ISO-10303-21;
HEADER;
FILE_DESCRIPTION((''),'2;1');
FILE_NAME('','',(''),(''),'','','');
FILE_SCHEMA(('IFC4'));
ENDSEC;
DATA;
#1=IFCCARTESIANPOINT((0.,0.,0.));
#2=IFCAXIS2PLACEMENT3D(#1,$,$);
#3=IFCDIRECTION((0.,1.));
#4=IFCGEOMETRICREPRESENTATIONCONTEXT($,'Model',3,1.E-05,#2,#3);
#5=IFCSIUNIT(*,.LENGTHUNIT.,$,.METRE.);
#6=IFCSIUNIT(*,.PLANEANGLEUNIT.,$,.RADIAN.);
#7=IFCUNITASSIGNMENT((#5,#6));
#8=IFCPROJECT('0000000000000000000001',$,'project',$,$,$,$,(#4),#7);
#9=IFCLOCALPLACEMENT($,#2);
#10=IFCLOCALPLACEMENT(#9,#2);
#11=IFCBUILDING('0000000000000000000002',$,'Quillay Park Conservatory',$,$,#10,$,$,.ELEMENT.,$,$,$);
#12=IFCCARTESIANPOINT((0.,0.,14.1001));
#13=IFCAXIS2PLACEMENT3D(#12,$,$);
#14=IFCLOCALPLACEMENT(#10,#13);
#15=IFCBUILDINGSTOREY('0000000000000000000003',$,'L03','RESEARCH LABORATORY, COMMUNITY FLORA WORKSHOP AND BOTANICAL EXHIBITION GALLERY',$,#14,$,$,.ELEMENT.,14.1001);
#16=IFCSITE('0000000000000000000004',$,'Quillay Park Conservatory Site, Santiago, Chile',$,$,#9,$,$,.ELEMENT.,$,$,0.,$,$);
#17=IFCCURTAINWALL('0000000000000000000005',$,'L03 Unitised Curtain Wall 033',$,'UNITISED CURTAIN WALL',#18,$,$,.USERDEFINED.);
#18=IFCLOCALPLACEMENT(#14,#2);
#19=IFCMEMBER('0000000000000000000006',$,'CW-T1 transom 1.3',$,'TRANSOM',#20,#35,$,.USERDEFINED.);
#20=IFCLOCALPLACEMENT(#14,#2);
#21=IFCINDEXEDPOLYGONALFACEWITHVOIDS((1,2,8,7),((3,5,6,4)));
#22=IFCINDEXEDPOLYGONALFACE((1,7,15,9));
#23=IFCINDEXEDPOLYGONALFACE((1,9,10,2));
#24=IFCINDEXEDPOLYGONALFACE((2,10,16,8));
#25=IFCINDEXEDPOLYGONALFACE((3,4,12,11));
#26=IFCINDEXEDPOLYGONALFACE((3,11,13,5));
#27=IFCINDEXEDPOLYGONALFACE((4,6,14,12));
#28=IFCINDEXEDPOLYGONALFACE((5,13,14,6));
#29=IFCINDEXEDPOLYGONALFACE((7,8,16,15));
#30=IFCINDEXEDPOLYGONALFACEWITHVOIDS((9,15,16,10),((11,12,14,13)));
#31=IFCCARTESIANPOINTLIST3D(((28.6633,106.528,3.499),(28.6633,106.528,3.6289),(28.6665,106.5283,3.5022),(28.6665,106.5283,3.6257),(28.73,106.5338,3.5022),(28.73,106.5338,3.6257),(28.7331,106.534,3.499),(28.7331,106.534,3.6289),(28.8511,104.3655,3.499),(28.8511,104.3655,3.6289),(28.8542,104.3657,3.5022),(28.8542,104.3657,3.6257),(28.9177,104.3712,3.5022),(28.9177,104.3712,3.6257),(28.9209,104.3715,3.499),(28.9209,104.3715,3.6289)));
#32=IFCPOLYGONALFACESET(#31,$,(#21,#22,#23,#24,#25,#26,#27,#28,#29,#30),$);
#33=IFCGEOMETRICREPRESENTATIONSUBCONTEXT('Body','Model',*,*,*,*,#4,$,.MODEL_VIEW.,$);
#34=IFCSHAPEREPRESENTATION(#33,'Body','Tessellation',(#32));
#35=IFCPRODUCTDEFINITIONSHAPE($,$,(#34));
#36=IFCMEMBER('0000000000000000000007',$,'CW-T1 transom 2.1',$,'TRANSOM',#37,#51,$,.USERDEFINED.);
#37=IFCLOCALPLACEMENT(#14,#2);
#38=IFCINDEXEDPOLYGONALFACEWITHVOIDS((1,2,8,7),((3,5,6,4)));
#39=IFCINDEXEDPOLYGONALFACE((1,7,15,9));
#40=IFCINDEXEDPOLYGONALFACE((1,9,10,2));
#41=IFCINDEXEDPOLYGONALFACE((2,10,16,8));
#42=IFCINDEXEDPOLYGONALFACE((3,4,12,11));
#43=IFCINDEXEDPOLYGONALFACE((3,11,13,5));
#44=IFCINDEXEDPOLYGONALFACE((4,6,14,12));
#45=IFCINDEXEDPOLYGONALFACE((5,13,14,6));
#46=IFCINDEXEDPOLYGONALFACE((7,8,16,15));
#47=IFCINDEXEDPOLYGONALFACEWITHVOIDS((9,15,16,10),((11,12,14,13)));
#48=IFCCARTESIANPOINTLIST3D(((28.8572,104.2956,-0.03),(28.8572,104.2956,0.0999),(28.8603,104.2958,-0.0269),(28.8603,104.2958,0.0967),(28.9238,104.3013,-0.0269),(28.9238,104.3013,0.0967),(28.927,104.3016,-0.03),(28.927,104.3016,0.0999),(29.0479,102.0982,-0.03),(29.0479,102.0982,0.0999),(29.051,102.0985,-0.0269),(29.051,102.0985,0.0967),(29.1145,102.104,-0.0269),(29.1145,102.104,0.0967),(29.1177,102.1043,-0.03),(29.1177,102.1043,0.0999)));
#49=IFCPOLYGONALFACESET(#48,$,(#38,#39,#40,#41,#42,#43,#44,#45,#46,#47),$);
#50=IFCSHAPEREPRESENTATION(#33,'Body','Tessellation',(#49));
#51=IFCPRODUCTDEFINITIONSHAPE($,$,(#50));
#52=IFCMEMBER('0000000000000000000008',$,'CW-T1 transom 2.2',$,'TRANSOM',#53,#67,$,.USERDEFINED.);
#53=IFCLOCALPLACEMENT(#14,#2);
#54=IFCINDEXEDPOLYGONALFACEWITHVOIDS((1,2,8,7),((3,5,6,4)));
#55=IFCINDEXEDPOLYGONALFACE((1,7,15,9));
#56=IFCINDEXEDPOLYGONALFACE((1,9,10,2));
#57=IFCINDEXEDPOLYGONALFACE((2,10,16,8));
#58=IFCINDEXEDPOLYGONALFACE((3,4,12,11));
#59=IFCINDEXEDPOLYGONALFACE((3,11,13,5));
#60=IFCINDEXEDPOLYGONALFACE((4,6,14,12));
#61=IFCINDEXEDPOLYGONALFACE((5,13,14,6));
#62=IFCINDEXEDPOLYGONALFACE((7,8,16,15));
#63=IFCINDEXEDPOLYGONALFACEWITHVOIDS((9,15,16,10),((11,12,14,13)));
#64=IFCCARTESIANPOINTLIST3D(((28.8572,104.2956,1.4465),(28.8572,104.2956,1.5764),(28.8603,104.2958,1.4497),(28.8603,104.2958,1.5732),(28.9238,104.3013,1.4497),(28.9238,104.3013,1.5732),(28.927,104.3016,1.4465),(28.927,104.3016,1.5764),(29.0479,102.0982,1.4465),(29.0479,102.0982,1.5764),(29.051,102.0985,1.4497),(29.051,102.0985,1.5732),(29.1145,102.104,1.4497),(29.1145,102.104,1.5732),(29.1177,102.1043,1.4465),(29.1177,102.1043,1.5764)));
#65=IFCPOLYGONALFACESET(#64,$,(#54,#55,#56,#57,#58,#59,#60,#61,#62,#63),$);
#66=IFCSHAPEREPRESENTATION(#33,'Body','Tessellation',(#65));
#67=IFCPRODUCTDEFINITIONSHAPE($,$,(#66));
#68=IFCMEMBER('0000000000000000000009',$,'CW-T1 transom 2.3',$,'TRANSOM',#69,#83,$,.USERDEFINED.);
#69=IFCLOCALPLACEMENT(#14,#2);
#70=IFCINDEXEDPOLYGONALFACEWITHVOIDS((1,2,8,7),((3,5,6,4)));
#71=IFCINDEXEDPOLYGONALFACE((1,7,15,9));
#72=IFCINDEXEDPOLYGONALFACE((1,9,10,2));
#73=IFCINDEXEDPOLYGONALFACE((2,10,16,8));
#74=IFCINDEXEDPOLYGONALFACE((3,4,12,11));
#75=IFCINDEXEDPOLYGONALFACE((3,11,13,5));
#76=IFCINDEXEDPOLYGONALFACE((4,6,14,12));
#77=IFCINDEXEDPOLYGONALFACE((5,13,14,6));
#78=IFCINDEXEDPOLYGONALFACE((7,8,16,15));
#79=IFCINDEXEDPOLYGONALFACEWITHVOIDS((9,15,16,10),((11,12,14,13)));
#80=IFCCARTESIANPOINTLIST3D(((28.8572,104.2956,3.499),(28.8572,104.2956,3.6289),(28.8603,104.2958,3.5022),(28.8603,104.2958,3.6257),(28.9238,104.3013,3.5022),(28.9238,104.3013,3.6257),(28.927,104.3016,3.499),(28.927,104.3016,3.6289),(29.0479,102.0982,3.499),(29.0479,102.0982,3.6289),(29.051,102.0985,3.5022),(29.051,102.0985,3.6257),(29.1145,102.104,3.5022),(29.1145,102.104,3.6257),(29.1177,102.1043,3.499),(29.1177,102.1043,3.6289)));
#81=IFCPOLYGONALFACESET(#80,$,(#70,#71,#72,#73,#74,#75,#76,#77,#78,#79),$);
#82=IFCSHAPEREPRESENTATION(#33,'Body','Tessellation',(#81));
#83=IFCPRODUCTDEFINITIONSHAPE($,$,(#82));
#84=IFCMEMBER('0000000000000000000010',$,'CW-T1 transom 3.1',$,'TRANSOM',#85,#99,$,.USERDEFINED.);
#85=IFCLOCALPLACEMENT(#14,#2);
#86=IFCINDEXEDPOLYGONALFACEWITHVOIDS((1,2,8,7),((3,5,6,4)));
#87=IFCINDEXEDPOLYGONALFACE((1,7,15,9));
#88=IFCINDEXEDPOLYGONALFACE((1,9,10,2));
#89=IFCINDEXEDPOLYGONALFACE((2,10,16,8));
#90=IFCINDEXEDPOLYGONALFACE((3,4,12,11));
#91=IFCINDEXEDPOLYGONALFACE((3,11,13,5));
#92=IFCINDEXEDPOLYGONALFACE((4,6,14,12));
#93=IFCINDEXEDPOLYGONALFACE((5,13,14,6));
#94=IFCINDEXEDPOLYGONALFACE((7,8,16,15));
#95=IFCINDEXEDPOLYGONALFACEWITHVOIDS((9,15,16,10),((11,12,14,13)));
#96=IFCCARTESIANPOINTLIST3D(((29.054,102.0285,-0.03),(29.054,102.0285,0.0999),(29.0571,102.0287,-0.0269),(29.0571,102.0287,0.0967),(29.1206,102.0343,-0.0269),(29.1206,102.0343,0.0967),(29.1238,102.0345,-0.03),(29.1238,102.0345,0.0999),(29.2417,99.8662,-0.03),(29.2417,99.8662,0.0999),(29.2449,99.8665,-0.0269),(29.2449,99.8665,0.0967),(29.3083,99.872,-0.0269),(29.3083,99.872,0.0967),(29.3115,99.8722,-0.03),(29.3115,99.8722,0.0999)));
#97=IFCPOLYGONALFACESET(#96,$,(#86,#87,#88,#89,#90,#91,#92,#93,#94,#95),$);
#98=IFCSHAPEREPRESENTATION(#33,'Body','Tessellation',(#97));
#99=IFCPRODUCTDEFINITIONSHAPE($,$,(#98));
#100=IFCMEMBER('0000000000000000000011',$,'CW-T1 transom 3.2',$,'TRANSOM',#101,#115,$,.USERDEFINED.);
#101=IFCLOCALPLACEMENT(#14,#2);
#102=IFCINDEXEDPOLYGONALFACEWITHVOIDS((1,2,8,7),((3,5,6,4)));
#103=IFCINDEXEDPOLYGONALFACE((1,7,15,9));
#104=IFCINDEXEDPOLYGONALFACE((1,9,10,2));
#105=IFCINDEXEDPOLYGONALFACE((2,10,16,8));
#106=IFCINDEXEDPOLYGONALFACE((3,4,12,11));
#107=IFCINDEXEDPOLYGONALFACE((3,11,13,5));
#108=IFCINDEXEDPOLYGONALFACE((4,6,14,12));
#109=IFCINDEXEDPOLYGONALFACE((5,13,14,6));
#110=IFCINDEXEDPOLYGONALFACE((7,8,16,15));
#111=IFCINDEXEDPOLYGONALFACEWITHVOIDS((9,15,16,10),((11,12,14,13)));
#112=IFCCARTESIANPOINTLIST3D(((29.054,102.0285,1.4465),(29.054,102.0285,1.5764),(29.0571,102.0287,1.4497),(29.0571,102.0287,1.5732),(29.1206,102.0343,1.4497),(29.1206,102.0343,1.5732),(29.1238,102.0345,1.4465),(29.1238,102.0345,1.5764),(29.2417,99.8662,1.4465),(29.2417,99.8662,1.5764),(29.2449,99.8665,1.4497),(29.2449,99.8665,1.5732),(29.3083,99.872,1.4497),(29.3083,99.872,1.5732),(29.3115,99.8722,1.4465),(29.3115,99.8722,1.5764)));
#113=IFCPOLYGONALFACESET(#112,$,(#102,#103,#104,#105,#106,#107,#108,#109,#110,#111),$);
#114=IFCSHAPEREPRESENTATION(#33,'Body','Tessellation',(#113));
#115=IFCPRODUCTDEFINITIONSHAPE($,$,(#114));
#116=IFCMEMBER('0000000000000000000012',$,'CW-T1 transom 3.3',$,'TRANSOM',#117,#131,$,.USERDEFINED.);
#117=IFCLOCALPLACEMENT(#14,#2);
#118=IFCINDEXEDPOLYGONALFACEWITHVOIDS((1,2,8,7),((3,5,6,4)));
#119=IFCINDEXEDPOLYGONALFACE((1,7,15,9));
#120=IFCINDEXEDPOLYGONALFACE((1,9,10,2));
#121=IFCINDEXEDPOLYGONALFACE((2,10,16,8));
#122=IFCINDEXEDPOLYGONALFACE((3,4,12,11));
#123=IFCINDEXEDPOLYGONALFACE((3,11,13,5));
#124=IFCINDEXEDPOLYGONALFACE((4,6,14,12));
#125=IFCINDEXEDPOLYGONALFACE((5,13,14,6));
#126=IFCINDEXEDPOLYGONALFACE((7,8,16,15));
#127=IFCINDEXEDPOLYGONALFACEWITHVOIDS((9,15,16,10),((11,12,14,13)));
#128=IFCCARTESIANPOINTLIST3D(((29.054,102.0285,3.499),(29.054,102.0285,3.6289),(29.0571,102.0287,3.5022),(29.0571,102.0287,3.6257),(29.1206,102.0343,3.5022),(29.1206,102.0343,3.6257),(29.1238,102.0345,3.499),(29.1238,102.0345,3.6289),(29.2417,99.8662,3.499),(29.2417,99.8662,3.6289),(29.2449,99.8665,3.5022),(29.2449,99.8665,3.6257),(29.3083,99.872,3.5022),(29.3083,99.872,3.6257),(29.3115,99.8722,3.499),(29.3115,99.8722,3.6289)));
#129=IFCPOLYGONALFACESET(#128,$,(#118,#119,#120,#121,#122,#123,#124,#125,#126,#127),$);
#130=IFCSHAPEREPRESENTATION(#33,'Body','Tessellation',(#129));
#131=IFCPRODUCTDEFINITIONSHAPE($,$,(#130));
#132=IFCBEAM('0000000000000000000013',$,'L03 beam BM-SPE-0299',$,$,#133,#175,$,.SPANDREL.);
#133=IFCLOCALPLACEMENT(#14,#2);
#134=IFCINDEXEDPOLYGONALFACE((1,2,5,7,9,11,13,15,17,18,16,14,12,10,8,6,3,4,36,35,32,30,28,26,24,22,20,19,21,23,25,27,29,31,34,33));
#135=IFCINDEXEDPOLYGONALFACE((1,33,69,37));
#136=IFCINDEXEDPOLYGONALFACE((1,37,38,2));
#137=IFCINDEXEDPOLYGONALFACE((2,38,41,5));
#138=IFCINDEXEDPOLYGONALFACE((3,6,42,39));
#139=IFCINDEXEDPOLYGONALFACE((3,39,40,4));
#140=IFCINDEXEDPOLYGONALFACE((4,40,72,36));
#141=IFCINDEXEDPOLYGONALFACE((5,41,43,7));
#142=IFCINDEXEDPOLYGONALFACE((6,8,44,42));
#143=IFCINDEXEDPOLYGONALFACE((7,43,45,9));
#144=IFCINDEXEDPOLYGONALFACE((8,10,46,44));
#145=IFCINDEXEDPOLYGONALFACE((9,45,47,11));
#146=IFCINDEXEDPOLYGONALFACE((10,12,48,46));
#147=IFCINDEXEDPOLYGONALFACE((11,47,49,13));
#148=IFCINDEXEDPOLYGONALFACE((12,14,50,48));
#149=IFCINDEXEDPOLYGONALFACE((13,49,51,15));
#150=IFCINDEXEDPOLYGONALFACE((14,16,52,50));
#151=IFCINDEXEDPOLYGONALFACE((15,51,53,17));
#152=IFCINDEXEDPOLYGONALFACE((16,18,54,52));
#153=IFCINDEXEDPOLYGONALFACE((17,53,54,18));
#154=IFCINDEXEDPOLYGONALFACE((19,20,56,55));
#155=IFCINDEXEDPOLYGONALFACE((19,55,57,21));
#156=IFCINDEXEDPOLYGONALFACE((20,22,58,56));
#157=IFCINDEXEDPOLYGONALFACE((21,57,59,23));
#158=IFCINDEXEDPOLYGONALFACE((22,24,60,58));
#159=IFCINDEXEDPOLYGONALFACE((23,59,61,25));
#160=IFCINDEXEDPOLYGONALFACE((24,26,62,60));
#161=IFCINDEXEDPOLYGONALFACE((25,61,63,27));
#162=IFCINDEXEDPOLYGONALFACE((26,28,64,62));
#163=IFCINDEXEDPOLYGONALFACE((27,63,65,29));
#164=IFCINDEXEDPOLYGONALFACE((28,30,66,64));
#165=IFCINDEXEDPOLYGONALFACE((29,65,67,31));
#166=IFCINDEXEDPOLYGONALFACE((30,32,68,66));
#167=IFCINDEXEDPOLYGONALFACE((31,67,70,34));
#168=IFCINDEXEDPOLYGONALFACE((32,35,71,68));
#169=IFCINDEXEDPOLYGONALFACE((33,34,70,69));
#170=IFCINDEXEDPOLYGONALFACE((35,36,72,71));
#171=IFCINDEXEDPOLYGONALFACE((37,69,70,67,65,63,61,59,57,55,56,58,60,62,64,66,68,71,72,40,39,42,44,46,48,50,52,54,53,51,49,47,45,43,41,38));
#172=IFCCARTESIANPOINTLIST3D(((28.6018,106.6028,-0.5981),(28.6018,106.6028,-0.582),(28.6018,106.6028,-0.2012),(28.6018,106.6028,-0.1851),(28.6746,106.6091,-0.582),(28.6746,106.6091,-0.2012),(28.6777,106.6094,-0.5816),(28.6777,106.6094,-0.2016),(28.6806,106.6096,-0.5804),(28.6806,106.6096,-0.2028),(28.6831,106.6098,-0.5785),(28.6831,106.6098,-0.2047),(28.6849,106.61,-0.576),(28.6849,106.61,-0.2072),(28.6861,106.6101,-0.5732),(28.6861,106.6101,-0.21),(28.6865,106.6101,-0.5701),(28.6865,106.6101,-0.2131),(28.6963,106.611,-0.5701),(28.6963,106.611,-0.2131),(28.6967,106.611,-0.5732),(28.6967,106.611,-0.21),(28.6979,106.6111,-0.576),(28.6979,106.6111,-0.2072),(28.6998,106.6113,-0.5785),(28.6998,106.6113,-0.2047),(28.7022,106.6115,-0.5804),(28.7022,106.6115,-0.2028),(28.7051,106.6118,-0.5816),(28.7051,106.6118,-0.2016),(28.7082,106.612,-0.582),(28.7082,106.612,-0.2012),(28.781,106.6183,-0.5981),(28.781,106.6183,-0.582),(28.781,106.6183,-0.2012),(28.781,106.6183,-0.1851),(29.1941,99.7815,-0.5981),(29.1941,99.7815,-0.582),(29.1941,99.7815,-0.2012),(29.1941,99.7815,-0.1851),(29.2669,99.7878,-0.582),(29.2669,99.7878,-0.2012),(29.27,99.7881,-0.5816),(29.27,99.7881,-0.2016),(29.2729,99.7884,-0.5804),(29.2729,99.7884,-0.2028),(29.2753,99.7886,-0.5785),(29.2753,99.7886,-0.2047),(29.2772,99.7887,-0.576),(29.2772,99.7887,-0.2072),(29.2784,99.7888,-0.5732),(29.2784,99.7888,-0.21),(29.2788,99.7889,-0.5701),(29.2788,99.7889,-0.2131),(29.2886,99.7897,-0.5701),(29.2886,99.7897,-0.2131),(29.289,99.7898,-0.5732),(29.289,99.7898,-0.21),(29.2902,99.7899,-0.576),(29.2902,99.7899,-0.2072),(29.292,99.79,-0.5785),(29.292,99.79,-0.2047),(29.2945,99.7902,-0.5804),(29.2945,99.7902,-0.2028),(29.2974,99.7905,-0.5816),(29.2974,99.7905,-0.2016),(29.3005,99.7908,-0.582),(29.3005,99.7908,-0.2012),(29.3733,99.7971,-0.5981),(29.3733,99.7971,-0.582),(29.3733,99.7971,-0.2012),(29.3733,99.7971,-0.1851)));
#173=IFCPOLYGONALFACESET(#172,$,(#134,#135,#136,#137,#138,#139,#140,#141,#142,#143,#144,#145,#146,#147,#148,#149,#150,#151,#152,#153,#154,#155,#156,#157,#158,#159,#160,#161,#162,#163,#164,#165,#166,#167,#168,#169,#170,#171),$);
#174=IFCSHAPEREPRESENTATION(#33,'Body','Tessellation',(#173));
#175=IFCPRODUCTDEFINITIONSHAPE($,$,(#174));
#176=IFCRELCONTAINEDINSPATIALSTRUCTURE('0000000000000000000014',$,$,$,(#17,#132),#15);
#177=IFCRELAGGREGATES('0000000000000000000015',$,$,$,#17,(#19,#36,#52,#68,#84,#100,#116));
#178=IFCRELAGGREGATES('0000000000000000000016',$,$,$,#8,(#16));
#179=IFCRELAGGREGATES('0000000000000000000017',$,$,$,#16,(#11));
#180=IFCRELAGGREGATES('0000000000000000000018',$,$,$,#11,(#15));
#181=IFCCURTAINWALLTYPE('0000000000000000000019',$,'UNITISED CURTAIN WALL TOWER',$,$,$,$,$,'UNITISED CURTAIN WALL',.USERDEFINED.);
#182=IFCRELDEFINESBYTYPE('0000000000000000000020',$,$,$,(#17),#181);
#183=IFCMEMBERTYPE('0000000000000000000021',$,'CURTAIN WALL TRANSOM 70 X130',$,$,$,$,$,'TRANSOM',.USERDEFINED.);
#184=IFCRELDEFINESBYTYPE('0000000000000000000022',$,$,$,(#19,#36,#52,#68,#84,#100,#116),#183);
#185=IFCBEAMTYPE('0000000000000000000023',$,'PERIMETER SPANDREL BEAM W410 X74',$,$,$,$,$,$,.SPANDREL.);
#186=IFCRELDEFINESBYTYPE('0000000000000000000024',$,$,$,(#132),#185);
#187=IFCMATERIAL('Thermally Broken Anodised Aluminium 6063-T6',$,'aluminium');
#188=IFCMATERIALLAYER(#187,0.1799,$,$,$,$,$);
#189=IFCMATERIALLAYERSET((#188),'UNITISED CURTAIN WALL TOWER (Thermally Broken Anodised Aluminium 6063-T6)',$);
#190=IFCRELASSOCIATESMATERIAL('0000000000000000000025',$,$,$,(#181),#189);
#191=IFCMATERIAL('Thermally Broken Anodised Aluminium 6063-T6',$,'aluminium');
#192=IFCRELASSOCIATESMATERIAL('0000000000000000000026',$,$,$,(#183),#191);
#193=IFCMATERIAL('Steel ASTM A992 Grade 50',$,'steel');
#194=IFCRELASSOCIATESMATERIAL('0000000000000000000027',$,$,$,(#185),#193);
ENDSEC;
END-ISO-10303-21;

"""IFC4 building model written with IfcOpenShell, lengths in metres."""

from ifc_helpers import new_model, si_unit, direction, frame, origin, origin_2d, place, context, subcontext, project, spatial, hollow_rectangle, i_section, extrude, material, layer, layer_set, material_profile, profile_set, type_object, element, aggregate, save


model = new_model("IFC4")

# Units and contexts
model_context = context("Model", 3, precision=1e-05, world=origin(), true_north=direction((0.0, 1.0)))
body_context = subcontext(model_context, "Body", "Model", "MODEL_VIEW")
ifc_project = project(units=[si_unit("LENGTHUNIT", "METRE"), si_unit("PLANEANGLEUNIT", "RADIAN")], contexts=[model_context])

# Site, building, storey
site_placement = place(None, origin())
site = spatial("IfcSite", under=ifc_project, at=site_placement, Name="Quillay Park Conservatory Site, Santiago, Chile", CompositionType="ELEMENT", RefElevation=0.0)
building_placement = place(site_placement, origin())
building = spatial("IfcBuilding", under=site, at=building_placement, Name="Quillay Park Conservatory", CompositionType="ELEMENT")
storey_placement = place(building_placement, frame((0.0, 0.0, 14.1001)))
storey = spatial("IfcBuildingStorey", under=building, at=storey_placement, Name="L03", Description="RESEARCH LABORATORY, COMMUNITY FLORA WORKSHOP AND BOTANICAL EXHIBITION GALLERY", CompositionType="ELEMENT", Elevation=14.1001)

# Curtain wall, members
ifc_material_1 = material(Name="Thermally Broken Anodised Aluminium 6063-T6", Category="aluminium")
ifc_layer_1 = layer(ifc_material_1, 0.1799)
ifc_layer_set_1 = layer_set([ifc_layer_1], Name="UNITISED CURTAIN WALL TOWER (Thermally Broken Anodised Aluminium 6063-T6)")
curtain_wall_type = type_object("IfcCurtainWallType", Name="UNITISED CURTAIN WALL TOWER", ElementType="UNITISED CURTAIN WALL", PredefinedType="USERDEFINED", material=ifc_layer_set_1)
curtain_wall_placement = place(storey_placement, origin())
curtain_wall = element("IfcCurtainWall", 1, at=curtain_wall_placement, inside=storey, type_object=curtain_wall_type, Name="L03 Unitised Curtain Wall 033", ObjectType="UNITISED CURTAIN WALL", PredefinedType="USERDEFINED")
ifc_material_2 = material(Name="Thermally Broken Anodised Aluminium 6063-T6", Category="aluminium")
ifc_material_profile_1 = material_profile(ifc_material_2, hollow_rectangle(XDim=0.0701, YDim=0.1299, WallThickness=0.0032, at=origin_2d()), Name="AL70x130x3.2")
ifc_profile_set_1 = profile_set([ifc_material_profile_1], Name="Thermally Broken Anodised Aluminium 6063-T6")
member_type_1 = type_object("IfcMemberType", Name="CURTAIN WALL TRANSOM 70 X130", ElementType="TRANSOM", PredefinedType="USERDEFINED", material=ifc_profile_set_1)
member_1_placement = place(storey_placement, frame((28.6982, 106.531, 3.564), z_axis=(0.086489, -0.996253, 0.0), x_axis=(0.996253, 0.086489, 0.0)))
member_1 = element("IfcMember", 2, at=member_1_placement, type_object=member_type_1, Name="CW-T1 transom 1.3", ObjectType="TRANSOM", PredefinedType="USERDEFINED", context=body_context, shape_type="SweptSolid", body=[
    extrude(hollow_rectangle(XDim=0.0701, YDim=0.1299, WallThickness=0.0032, at=origin_2d()), origin(), (0.0, 0.0, 1.0), 2.1707),
])
member_2_placement = place(storey_placement, frame((28.8921, 104.2986, 0.0349), z_axis=(0.086453, -0.996256, 0.0), x_axis=(0.996256, 0.086453, 0.0)))
member_2 = element("IfcMember", 3, at=member_2_placement, type_object=member_type_1, Name="CW-T1 transom 2.1", ObjectType="TRANSOM", PredefinedType="USERDEFINED", context=body_context, shape_type="SweptSolid", body=[
    extrude(hollow_rectangle(XDim=0.0701, YDim=0.1299, WallThickness=0.0032, at=origin_2d()), origin(), (0.0, 0.0, 1.0), 2.2056),
])
member_3_placement = place(storey_placement, frame((28.8921, 104.2986, 1.5115), z_axis=(0.086453, -0.996256, 0.0), x_axis=(0.996256, 0.086453, 0.0)))
member_3 = element("IfcMember", 4, at=member_3_placement, type_object=member_type_1, Name="CW-T1 transom 2.2", ObjectType="TRANSOM", PredefinedType="USERDEFINED", context=body_context, shape_type="SweptSolid", body=[
    extrude(hollow_rectangle(XDim=0.0701, YDim=0.1299, WallThickness=0.0032, at=origin_2d()), origin(), (0.0, 0.0, 1.0), 2.2056),
])
member_4_placement = place(storey_placement, frame((28.8921, 104.2986, 3.564), z_axis=(0.086453, -0.996256, 0.0), x_axis=(0.996256, 0.086453, 0.0)))
member_4 = element("IfcMember", 5, at=member_4_placement, type_object=member_type_1, Name="CW-T1 transom 2.3", ObjectType="TRANSOM", PredefinedType="USERDEFINED", context=body_context, shape_type="SweptSolid", body=[
    extrude(hollow_rectangle(XDim=0.0701, YDim=0.1299, WallThickness=0.0032, at=origin_2d()), origin(), (0.0, 0.0, 1.0), 2.2056),
])
member_5_placement = place(storey_placement, frame((29.0889, 102.0315, 0.0349), z_axis=(0.086499, -0.996252, 0.0), x_axis=(0.996252, 0.086499, 0.0)))
member_5 = element("IfcMember", 6, at=member_5_placement, type_object=member_type_1, Name="CW-T1 transom 3.1", ObjectType="TRANSOM", PredefinedType="USERDEFINED", context=body_context, shape_type="SweptSolid", body=[
    extrude(hollow_rectangle(XDim=0.0701, YDim=0.1299, WallThickness=0.0032, at=origin_2d()), origin(), (0.0, 0.0, 1.0), 2.1704),
])
member_6_placement = place(storey_placement, frame((29.0889, 102.0315, 1.5115), z_axis=(0.086499, -0.996252, 0.0), x_axis=(0.996252, 0.086499, 0.0)))
member_6 = element("IfcMember", 7, at=member_6_placement, type_object=member_type_1, Name="CW-T1 transom 3.2", ObjectType="TRANSOM", PredefinedType="USERDEFINED", context=body_context, shape_type="SweptSolid", body=[
    extrude(hollow_rectangle(XDim=0.0701, YDim=0.1299, WallThickness=0.0032, at=origin_2d()), origin(), (0.0, 0.0, 1.0), 2.1704),
])
member_7_placement = place(storey_placement, frame((29.0889, 102.0315, 3.564), z_axis=(0.086499, -0.996252, 0.0), x_axis=(0.996252, 0.086499, 0.0)))
member_7 = element("IfcMember", 8, at=member_7_placement, type_object=member_type_1, Name="CW-T1 transom 3.3", ObjectType="TRANSOM", PredefinedType="USERDEFINED", context=body_context, shape_type="SweptSolid", body=[
    extrude(hollow_rectangle(XDim=0.0701, YDim=0.1299, WallThickness=0.0032, at=origin_2d()), origin(), (0.0, 0.0, 1.0), 2.1704),
])

# Beam
ifc_material_3 = material(Name="Steel ASTM A992 Grade 50", Category="steel")
ifc_material_profile_2 = material_profile(ifc_material_3, i_section(OverallWidth=0.1799, OverallDepth=0.4131, WebThickness=0.0098, FlangeThickness=0.0161, FilletRadius=0.012, at=origin_2d()), Name="W410x74")
ifc_profile_set_2 = profile_set([ifc_material_profile_2], Name="Steel ASTM A992 Grade 50")
beam_type_1 = type_object("IfcBeamType", Name="PERIMETER SPANDREL BEAM W410 X74", PredefinedType="SPANDREL", material=ifc_profile_set_2)
beam_1_placement = place(storey_placement, frame((29.2837, 99.7893, -0.3916), z_axis=(-0.086503, 0.996252, 0.0), x_axis=(-0.996252, -0.086503, 0.0)))
element("IfcBeam", 9, at=beam_1_placement, inside=storey, type_object=beam_type_1, Name="L03 beam BM-SPE-0299", PredefinedType="SPANDREL", context=body_context, shape_type="SweptSolid", body=[
    extrude(i_section(OverallWidth=0.1799, OverallDepth=0.4131, WebThickness=0.0098, FlangeThickness=0.0161, FilletRadius=0.012, at=origin_2d()), origin(), (0.0, 0.0, 1.0), 6.8469),
])

aggregate(curtain_wall, [member_1, member_2, member_3, member_4, member_5, member_6, member_7])

save(model, "model.ifc")
